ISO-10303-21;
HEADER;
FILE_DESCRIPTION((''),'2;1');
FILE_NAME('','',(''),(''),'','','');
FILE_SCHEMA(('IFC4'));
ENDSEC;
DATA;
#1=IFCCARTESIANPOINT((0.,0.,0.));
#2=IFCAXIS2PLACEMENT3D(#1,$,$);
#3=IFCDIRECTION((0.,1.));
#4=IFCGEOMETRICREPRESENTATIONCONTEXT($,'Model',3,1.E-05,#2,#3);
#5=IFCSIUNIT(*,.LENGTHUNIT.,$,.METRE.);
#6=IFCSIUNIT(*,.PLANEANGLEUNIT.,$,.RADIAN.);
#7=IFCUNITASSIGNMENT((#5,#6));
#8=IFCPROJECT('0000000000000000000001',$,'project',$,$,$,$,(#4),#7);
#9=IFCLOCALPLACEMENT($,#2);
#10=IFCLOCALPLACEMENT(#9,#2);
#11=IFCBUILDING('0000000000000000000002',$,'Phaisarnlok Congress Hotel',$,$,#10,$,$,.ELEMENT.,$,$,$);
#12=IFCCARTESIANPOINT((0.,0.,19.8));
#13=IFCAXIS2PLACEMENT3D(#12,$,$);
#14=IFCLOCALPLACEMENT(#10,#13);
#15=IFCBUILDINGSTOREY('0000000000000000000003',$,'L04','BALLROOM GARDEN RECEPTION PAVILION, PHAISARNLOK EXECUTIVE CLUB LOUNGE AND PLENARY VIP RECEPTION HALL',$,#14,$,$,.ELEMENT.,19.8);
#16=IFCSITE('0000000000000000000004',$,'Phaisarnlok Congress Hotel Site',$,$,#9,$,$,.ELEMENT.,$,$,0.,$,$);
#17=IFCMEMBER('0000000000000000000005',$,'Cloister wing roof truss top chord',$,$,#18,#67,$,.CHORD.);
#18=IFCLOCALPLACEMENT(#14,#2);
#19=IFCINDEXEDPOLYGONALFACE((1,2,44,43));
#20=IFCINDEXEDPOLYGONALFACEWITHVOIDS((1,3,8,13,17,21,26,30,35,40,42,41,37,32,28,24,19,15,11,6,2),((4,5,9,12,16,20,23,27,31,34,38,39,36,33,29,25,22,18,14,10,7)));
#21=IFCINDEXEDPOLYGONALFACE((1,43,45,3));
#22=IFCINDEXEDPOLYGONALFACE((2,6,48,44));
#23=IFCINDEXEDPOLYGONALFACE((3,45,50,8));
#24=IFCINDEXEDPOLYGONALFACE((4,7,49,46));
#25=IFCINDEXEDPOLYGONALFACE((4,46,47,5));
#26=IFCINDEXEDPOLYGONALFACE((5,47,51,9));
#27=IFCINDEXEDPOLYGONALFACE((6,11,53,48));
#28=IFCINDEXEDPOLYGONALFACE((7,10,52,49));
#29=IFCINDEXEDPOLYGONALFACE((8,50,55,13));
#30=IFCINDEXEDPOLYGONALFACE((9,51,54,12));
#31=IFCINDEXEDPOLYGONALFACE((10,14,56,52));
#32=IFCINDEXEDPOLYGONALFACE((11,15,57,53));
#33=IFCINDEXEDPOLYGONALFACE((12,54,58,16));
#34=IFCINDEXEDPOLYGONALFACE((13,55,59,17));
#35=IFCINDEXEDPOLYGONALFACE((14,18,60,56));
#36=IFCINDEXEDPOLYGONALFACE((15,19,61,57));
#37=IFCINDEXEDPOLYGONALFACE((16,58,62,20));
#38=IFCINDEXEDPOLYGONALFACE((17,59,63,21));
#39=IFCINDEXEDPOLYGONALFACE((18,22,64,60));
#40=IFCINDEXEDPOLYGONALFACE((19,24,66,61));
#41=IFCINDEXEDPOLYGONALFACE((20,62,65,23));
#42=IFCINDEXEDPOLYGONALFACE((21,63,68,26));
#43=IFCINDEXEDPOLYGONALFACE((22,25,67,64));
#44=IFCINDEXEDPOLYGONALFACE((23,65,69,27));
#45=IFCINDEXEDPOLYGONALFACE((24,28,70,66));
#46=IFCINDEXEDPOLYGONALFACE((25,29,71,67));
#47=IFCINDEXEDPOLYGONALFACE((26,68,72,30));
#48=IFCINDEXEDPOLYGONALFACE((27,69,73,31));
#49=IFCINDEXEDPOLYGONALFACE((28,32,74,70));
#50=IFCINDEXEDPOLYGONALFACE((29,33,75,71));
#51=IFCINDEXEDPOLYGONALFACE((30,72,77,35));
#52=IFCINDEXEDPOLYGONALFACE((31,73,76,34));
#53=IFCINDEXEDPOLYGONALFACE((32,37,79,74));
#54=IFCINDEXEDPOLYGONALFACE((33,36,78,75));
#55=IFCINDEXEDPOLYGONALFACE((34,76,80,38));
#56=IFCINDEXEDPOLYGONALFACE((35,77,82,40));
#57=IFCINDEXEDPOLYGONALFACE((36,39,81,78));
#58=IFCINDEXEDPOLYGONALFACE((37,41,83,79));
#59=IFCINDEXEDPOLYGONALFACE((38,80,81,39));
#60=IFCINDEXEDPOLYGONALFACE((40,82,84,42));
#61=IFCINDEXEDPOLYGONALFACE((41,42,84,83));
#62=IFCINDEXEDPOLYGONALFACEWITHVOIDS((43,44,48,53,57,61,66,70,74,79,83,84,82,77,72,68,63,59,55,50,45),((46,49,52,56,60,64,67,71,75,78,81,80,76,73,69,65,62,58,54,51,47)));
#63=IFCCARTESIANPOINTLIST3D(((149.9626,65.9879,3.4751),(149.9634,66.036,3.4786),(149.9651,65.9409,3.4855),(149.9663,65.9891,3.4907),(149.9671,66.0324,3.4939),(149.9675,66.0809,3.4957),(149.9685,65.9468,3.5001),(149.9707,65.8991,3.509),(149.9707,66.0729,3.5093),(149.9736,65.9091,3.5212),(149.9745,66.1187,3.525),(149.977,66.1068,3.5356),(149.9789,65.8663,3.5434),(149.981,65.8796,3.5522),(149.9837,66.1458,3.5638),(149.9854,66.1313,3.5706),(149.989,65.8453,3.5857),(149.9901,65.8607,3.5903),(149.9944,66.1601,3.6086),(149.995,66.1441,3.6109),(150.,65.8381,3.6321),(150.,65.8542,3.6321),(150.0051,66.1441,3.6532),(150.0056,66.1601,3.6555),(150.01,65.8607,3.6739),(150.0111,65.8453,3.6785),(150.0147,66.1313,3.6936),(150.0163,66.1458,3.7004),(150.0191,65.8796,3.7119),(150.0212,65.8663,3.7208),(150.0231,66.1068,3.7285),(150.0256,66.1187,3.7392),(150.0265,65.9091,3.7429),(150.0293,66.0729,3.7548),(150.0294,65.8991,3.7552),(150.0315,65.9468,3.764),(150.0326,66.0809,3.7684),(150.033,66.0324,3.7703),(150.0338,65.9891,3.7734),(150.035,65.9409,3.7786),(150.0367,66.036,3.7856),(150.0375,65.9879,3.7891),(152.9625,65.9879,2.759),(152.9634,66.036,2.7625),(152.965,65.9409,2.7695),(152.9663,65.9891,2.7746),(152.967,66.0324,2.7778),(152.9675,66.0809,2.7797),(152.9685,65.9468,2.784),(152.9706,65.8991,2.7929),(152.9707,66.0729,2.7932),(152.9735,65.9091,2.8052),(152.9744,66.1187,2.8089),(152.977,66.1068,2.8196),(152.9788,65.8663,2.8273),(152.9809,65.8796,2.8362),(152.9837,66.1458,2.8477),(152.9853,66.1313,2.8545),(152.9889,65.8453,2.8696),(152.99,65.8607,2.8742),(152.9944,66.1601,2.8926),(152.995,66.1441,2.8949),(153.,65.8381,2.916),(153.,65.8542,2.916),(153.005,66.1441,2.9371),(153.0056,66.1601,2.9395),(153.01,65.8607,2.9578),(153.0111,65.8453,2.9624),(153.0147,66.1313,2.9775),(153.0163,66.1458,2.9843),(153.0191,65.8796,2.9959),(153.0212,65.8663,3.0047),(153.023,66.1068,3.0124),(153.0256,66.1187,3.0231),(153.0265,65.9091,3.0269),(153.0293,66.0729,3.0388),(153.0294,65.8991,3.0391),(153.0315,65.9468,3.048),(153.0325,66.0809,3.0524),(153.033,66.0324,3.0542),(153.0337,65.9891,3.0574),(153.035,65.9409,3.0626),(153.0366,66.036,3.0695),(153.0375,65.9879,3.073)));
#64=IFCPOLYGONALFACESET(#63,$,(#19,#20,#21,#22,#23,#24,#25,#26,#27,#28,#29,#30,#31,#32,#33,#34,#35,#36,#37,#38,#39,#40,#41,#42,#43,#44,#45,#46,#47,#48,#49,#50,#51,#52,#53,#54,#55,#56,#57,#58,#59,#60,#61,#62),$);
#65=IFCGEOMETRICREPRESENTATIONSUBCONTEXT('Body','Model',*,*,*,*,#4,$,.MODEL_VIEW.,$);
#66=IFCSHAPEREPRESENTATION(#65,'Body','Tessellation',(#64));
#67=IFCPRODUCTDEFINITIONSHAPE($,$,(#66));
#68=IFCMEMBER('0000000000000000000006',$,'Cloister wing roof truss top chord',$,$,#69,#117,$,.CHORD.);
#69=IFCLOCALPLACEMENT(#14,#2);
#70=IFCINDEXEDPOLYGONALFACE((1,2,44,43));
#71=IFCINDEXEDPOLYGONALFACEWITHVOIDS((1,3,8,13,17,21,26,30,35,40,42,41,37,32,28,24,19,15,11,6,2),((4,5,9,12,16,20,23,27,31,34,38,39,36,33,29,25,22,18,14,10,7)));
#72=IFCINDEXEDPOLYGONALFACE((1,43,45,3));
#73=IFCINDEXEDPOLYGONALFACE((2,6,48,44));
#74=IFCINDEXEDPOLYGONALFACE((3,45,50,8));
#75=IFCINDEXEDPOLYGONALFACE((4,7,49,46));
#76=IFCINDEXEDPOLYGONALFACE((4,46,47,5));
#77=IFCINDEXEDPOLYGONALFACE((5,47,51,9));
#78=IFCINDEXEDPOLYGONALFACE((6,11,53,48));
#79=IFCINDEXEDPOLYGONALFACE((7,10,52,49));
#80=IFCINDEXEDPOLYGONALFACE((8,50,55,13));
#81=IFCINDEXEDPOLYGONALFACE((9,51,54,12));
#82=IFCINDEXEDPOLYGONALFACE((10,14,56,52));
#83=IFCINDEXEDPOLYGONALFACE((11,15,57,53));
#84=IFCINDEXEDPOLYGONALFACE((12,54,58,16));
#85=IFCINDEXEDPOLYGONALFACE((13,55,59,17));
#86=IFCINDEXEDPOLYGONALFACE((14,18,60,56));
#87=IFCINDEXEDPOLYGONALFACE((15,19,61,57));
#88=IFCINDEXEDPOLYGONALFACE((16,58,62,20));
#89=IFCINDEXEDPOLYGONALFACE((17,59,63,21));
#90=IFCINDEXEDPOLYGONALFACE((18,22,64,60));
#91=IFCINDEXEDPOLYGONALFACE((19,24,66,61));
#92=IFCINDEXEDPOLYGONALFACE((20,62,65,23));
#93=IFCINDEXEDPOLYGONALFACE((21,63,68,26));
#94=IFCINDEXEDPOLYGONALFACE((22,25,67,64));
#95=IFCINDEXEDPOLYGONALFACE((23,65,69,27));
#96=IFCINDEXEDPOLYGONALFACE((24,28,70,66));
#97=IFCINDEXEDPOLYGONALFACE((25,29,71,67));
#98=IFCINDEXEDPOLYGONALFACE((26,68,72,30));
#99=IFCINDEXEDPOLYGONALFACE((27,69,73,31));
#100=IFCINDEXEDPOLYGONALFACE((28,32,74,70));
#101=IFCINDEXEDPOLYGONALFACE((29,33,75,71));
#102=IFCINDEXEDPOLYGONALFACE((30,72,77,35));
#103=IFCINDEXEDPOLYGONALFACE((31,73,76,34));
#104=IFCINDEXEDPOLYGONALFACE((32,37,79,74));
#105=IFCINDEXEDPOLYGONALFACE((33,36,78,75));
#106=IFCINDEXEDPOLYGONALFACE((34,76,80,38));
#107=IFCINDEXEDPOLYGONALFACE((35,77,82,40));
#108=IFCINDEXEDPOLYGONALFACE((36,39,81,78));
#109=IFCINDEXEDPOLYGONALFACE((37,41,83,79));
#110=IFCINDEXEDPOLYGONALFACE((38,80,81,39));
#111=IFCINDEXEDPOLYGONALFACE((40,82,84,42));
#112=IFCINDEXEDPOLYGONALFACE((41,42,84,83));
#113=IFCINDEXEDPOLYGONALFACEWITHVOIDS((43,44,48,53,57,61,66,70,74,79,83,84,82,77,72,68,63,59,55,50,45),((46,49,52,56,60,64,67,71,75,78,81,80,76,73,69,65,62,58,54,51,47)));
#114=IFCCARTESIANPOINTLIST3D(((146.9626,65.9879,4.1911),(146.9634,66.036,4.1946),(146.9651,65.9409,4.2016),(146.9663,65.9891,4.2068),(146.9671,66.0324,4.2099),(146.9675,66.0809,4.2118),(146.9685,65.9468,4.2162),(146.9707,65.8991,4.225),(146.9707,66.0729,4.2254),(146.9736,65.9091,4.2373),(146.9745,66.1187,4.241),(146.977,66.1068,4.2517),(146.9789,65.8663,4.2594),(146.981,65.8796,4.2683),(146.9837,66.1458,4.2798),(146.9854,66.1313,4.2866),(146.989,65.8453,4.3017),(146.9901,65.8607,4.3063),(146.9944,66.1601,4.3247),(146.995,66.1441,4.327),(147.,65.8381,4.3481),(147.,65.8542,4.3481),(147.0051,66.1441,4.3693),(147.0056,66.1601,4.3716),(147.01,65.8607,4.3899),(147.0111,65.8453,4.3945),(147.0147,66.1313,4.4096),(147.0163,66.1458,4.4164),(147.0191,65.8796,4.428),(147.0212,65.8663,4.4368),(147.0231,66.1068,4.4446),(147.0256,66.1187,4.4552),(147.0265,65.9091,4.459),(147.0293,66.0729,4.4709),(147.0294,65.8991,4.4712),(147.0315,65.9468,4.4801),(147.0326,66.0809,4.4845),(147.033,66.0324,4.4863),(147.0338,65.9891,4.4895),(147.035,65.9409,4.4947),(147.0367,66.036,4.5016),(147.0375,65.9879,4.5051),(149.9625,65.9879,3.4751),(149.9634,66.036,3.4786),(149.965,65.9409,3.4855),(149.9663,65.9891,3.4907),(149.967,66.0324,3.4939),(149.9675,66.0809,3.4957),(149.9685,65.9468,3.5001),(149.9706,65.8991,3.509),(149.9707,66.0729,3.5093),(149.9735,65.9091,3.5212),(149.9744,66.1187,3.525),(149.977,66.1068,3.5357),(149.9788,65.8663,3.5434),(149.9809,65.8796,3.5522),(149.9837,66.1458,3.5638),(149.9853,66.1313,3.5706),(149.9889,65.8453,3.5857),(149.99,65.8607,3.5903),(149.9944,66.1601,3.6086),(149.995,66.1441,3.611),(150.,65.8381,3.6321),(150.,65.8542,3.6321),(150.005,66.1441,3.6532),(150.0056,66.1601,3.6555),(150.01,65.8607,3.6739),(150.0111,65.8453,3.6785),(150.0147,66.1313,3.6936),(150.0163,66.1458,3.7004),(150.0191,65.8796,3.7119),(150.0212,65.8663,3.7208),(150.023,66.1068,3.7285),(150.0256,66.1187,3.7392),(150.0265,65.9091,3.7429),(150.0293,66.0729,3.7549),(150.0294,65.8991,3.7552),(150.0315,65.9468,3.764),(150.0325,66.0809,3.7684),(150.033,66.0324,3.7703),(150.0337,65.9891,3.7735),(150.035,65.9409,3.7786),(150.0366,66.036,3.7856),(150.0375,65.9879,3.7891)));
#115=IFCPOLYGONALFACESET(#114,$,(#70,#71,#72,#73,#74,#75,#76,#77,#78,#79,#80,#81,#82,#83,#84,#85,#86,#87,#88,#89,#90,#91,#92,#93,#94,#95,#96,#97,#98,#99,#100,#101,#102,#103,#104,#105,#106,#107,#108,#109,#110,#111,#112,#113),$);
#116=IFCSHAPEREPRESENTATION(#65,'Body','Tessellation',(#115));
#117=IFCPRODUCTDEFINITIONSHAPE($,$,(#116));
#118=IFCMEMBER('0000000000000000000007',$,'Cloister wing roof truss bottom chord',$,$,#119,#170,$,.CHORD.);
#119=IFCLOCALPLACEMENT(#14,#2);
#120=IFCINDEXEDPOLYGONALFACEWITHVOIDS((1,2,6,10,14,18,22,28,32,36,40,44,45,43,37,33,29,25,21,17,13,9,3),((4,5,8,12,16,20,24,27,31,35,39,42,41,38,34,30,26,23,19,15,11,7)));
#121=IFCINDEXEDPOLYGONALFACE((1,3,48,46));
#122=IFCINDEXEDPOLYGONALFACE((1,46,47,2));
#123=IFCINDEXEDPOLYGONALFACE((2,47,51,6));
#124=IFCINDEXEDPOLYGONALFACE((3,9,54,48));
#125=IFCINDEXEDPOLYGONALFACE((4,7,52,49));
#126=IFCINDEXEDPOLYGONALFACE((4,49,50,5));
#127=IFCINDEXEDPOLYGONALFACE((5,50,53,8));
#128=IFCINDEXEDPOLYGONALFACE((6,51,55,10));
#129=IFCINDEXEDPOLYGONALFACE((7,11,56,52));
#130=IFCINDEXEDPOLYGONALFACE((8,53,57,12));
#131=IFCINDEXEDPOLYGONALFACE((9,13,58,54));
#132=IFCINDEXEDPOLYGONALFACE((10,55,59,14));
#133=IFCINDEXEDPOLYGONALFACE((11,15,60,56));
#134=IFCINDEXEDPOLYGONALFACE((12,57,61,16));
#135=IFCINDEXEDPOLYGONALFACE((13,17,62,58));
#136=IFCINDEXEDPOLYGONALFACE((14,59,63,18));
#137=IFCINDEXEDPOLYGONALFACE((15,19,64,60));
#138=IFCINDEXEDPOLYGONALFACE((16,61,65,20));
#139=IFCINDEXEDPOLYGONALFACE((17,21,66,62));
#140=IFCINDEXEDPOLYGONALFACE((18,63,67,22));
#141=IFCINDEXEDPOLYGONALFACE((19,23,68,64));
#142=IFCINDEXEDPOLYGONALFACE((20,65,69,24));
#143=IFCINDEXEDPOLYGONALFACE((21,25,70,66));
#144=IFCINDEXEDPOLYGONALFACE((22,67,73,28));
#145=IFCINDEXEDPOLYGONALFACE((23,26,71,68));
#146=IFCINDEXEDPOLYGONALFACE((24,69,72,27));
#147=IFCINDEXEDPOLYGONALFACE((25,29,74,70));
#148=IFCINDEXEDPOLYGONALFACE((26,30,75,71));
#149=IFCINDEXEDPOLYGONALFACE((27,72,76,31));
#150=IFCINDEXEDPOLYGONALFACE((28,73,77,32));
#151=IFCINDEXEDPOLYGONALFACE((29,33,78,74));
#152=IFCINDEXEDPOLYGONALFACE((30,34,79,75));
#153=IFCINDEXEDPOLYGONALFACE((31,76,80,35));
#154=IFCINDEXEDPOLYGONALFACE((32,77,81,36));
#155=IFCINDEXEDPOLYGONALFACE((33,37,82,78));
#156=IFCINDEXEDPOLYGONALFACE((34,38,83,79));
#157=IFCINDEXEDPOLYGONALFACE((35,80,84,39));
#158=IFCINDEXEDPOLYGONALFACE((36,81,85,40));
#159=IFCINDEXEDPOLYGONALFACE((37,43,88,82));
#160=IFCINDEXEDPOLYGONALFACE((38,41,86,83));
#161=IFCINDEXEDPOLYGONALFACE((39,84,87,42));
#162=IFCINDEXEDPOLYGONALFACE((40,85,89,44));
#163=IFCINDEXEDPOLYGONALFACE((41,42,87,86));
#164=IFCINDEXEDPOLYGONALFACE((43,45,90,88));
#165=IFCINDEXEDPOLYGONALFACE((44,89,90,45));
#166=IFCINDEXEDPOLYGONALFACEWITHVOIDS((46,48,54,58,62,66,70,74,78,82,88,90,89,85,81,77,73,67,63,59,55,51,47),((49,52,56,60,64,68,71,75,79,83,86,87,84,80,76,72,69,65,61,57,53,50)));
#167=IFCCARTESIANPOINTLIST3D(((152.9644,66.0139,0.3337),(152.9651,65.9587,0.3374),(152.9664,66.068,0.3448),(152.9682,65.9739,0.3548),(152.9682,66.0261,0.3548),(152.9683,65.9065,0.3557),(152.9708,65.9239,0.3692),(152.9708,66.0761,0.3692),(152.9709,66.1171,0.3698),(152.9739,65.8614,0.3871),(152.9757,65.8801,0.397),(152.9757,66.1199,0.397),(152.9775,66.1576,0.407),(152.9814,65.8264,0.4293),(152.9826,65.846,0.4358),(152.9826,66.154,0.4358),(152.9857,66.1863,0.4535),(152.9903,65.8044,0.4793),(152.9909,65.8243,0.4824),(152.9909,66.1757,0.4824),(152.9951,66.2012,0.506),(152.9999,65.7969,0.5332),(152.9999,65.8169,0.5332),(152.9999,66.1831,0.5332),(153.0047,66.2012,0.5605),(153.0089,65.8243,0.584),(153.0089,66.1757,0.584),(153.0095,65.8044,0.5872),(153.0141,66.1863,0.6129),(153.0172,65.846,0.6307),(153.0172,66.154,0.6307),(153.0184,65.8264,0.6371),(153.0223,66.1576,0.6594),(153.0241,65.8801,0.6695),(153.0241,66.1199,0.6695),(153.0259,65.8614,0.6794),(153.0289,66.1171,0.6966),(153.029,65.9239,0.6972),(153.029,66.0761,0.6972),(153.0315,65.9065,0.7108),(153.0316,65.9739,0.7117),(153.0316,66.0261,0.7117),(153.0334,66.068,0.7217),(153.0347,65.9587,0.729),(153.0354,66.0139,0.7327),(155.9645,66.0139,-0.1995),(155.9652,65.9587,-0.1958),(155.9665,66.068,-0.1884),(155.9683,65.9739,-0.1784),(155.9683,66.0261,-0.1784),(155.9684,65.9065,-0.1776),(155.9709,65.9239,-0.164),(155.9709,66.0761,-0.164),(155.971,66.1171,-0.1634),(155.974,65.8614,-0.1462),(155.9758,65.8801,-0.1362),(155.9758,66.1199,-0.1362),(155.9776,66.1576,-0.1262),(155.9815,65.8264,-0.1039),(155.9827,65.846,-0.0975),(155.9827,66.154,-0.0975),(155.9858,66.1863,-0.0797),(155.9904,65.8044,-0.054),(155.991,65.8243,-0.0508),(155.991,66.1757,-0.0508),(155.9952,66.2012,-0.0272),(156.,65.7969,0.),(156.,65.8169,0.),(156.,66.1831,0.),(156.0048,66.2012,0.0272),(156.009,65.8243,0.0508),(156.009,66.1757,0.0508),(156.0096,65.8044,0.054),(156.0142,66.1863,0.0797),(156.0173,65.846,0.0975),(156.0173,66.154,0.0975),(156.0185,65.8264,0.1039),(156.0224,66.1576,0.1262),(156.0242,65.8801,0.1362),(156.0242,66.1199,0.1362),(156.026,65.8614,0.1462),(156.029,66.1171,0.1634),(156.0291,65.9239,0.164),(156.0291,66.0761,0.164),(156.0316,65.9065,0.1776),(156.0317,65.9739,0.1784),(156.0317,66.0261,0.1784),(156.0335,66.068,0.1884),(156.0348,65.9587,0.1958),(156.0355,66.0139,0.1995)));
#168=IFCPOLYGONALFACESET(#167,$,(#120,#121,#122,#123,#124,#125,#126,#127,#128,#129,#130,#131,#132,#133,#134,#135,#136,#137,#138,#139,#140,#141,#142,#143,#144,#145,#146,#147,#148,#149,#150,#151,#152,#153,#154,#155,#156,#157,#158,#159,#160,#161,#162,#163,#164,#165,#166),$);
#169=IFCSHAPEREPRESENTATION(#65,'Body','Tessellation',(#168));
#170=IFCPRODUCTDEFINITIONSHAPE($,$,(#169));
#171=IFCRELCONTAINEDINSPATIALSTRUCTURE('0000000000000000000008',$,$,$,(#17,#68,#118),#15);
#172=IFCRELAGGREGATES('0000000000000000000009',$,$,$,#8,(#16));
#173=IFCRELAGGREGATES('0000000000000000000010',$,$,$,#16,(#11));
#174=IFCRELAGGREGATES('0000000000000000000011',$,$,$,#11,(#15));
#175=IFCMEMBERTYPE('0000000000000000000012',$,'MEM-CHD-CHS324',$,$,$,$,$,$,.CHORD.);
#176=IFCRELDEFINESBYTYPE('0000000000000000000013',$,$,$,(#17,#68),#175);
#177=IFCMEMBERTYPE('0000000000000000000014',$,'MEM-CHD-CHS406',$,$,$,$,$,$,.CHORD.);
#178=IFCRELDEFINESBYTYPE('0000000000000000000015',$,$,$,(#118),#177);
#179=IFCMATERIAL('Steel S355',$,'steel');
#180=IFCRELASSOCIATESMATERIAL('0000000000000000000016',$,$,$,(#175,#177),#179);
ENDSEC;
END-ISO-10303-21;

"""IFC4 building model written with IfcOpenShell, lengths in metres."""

from ifc_helpers import new_model, si_unit, direction, frame, origin, origin_2d, place, context, subcontext, project, spatial, hollow_circle, extrude, material, material_profile, profile_set, type_object, element, save


model = new_model("IFC4")

# Units and contexts
model_context = context("Model", 3, precision=1e-05, world=origin(), true_north=direction((0.0, 1.0)))
body_context = subcontext(model_context, "Body", "Model", "MODEL_VIEW")
ifc_project = project(units=[si_unit("LENGTHUNIT", "METRE"), si_unit("PLANEANGLEUNIT", "RADIAN")], contexts=[model_context])

# Site, building, storey
site_placement = place(None, origin())
site = spatial("IfcSite", under=ifc_project, at=site_placement, Name="Phaisarnlok Congress Hotel Site", CompositionType="ELEMENT", RefElevation=0.0)
building_placement = place(site_placement, origin())
building = spatial("IfcBuilding", under=site, at=building_placement, Name="Phaisarnlok Congress Hotel", CompositionType="ELEMENT")
storey_placement = place(building_placement, frame((0.0, 0.0, 19.8)))
storey = spatial("IfcBuildingStorey", under=building, at=storey_placement, Name="L04", Description="BALLROOM GARDEN RECEPTION PAVILION, PHAISARNLOK EXECUTIVE CLUB LOUNGE AND PLENARY VIP RECEPTION HALL", CompositionType="ELEMENT", Elevation=19.8)

# Shared definitions
ifc_material_1 = material(Name="Steel S355", Category="steel")

# Members
ifc_material_profile_1 = material_profile(ifc_material_1, hollow_circle(Radius=0.1619, WallThickness=0.0161, at=origin_2d()), Name="CHS 323.9x16")
ifc_profile_set_1 = profile_set([ifc_material_profile_1], Name="Steel S355")
member_type_1 = type_object("IfcMemberType", Name="MEM-CHD-CHS324", PredefinedType="CHORD", material=ifc_profile_set_1)
for number, where, z_axis, x_axis, name in (
    (1, (153.0, 66.0, 2.916), (-0.972676, 0.0, 0.232166), (0.0, -1.0, 0.0), "Cloister wing roof truss top chord"),
    (2, (150.0, 66.0, 3.6321), (-0.972676, 0.0, 0.232166), (0.0, -1.0, 0.0), "Cloister wing roof truss top chord"),
):
    element("IfcMember", number, at=place(storey_placement, frame(where, z_axis=z_axis, x_axis=x_axis)), inside=storey, type_object=member_type_1, Name=name, PredefinedType="CHORD", context=body_context, shape_type="SweptSolid", body=[
        extrude(hollow_circle(Radius=0.1619, WallThickness=0.0161, at=origin_2d()), origin(), (0.0, 0.0, 1.0), 3.0842),
    ])
ifc_material_profile_2 = material_profile(ifc_material_1, hollow_circle(Radius=0.2031, WallThickness=0.02, at=origin_2d()), Name="CHS 406.4x20")
ifc_profile_set_2 = profile_set([ifc_material_profile_2], Name="Steel S355")
member_type_2 = type_object("IfcMemberType", Name="MEM-CHD-CHS406", PredefinedType="CHORD", material=ifc_profile_set_2)
for number, where, z_axis, x_axis, name in (
    (3, (156.0, 66.0, 0.0), (-0.98457, 0.0, 0.174992), (0.0, -1.0, 0.0), "Cloister wing roof truss bottom chord"),
):
    element("IfcMember", number, at=place(storey_placement, frame(where, z_axis=z_axis, x_axis=x_axis)), inside=storey, type_object=member_type_2, Name=name, PredefinedType="CHORD", context=body_context, shape_type="SweptSolid", body=[
        extrude(hollow_circle(Radius=0.2031, WallThickness=0.02, at=origin_2d()), origin(), (0.0, 0.0, 1.0), 3.0471),
    ])

save(model, "model.ifc")
